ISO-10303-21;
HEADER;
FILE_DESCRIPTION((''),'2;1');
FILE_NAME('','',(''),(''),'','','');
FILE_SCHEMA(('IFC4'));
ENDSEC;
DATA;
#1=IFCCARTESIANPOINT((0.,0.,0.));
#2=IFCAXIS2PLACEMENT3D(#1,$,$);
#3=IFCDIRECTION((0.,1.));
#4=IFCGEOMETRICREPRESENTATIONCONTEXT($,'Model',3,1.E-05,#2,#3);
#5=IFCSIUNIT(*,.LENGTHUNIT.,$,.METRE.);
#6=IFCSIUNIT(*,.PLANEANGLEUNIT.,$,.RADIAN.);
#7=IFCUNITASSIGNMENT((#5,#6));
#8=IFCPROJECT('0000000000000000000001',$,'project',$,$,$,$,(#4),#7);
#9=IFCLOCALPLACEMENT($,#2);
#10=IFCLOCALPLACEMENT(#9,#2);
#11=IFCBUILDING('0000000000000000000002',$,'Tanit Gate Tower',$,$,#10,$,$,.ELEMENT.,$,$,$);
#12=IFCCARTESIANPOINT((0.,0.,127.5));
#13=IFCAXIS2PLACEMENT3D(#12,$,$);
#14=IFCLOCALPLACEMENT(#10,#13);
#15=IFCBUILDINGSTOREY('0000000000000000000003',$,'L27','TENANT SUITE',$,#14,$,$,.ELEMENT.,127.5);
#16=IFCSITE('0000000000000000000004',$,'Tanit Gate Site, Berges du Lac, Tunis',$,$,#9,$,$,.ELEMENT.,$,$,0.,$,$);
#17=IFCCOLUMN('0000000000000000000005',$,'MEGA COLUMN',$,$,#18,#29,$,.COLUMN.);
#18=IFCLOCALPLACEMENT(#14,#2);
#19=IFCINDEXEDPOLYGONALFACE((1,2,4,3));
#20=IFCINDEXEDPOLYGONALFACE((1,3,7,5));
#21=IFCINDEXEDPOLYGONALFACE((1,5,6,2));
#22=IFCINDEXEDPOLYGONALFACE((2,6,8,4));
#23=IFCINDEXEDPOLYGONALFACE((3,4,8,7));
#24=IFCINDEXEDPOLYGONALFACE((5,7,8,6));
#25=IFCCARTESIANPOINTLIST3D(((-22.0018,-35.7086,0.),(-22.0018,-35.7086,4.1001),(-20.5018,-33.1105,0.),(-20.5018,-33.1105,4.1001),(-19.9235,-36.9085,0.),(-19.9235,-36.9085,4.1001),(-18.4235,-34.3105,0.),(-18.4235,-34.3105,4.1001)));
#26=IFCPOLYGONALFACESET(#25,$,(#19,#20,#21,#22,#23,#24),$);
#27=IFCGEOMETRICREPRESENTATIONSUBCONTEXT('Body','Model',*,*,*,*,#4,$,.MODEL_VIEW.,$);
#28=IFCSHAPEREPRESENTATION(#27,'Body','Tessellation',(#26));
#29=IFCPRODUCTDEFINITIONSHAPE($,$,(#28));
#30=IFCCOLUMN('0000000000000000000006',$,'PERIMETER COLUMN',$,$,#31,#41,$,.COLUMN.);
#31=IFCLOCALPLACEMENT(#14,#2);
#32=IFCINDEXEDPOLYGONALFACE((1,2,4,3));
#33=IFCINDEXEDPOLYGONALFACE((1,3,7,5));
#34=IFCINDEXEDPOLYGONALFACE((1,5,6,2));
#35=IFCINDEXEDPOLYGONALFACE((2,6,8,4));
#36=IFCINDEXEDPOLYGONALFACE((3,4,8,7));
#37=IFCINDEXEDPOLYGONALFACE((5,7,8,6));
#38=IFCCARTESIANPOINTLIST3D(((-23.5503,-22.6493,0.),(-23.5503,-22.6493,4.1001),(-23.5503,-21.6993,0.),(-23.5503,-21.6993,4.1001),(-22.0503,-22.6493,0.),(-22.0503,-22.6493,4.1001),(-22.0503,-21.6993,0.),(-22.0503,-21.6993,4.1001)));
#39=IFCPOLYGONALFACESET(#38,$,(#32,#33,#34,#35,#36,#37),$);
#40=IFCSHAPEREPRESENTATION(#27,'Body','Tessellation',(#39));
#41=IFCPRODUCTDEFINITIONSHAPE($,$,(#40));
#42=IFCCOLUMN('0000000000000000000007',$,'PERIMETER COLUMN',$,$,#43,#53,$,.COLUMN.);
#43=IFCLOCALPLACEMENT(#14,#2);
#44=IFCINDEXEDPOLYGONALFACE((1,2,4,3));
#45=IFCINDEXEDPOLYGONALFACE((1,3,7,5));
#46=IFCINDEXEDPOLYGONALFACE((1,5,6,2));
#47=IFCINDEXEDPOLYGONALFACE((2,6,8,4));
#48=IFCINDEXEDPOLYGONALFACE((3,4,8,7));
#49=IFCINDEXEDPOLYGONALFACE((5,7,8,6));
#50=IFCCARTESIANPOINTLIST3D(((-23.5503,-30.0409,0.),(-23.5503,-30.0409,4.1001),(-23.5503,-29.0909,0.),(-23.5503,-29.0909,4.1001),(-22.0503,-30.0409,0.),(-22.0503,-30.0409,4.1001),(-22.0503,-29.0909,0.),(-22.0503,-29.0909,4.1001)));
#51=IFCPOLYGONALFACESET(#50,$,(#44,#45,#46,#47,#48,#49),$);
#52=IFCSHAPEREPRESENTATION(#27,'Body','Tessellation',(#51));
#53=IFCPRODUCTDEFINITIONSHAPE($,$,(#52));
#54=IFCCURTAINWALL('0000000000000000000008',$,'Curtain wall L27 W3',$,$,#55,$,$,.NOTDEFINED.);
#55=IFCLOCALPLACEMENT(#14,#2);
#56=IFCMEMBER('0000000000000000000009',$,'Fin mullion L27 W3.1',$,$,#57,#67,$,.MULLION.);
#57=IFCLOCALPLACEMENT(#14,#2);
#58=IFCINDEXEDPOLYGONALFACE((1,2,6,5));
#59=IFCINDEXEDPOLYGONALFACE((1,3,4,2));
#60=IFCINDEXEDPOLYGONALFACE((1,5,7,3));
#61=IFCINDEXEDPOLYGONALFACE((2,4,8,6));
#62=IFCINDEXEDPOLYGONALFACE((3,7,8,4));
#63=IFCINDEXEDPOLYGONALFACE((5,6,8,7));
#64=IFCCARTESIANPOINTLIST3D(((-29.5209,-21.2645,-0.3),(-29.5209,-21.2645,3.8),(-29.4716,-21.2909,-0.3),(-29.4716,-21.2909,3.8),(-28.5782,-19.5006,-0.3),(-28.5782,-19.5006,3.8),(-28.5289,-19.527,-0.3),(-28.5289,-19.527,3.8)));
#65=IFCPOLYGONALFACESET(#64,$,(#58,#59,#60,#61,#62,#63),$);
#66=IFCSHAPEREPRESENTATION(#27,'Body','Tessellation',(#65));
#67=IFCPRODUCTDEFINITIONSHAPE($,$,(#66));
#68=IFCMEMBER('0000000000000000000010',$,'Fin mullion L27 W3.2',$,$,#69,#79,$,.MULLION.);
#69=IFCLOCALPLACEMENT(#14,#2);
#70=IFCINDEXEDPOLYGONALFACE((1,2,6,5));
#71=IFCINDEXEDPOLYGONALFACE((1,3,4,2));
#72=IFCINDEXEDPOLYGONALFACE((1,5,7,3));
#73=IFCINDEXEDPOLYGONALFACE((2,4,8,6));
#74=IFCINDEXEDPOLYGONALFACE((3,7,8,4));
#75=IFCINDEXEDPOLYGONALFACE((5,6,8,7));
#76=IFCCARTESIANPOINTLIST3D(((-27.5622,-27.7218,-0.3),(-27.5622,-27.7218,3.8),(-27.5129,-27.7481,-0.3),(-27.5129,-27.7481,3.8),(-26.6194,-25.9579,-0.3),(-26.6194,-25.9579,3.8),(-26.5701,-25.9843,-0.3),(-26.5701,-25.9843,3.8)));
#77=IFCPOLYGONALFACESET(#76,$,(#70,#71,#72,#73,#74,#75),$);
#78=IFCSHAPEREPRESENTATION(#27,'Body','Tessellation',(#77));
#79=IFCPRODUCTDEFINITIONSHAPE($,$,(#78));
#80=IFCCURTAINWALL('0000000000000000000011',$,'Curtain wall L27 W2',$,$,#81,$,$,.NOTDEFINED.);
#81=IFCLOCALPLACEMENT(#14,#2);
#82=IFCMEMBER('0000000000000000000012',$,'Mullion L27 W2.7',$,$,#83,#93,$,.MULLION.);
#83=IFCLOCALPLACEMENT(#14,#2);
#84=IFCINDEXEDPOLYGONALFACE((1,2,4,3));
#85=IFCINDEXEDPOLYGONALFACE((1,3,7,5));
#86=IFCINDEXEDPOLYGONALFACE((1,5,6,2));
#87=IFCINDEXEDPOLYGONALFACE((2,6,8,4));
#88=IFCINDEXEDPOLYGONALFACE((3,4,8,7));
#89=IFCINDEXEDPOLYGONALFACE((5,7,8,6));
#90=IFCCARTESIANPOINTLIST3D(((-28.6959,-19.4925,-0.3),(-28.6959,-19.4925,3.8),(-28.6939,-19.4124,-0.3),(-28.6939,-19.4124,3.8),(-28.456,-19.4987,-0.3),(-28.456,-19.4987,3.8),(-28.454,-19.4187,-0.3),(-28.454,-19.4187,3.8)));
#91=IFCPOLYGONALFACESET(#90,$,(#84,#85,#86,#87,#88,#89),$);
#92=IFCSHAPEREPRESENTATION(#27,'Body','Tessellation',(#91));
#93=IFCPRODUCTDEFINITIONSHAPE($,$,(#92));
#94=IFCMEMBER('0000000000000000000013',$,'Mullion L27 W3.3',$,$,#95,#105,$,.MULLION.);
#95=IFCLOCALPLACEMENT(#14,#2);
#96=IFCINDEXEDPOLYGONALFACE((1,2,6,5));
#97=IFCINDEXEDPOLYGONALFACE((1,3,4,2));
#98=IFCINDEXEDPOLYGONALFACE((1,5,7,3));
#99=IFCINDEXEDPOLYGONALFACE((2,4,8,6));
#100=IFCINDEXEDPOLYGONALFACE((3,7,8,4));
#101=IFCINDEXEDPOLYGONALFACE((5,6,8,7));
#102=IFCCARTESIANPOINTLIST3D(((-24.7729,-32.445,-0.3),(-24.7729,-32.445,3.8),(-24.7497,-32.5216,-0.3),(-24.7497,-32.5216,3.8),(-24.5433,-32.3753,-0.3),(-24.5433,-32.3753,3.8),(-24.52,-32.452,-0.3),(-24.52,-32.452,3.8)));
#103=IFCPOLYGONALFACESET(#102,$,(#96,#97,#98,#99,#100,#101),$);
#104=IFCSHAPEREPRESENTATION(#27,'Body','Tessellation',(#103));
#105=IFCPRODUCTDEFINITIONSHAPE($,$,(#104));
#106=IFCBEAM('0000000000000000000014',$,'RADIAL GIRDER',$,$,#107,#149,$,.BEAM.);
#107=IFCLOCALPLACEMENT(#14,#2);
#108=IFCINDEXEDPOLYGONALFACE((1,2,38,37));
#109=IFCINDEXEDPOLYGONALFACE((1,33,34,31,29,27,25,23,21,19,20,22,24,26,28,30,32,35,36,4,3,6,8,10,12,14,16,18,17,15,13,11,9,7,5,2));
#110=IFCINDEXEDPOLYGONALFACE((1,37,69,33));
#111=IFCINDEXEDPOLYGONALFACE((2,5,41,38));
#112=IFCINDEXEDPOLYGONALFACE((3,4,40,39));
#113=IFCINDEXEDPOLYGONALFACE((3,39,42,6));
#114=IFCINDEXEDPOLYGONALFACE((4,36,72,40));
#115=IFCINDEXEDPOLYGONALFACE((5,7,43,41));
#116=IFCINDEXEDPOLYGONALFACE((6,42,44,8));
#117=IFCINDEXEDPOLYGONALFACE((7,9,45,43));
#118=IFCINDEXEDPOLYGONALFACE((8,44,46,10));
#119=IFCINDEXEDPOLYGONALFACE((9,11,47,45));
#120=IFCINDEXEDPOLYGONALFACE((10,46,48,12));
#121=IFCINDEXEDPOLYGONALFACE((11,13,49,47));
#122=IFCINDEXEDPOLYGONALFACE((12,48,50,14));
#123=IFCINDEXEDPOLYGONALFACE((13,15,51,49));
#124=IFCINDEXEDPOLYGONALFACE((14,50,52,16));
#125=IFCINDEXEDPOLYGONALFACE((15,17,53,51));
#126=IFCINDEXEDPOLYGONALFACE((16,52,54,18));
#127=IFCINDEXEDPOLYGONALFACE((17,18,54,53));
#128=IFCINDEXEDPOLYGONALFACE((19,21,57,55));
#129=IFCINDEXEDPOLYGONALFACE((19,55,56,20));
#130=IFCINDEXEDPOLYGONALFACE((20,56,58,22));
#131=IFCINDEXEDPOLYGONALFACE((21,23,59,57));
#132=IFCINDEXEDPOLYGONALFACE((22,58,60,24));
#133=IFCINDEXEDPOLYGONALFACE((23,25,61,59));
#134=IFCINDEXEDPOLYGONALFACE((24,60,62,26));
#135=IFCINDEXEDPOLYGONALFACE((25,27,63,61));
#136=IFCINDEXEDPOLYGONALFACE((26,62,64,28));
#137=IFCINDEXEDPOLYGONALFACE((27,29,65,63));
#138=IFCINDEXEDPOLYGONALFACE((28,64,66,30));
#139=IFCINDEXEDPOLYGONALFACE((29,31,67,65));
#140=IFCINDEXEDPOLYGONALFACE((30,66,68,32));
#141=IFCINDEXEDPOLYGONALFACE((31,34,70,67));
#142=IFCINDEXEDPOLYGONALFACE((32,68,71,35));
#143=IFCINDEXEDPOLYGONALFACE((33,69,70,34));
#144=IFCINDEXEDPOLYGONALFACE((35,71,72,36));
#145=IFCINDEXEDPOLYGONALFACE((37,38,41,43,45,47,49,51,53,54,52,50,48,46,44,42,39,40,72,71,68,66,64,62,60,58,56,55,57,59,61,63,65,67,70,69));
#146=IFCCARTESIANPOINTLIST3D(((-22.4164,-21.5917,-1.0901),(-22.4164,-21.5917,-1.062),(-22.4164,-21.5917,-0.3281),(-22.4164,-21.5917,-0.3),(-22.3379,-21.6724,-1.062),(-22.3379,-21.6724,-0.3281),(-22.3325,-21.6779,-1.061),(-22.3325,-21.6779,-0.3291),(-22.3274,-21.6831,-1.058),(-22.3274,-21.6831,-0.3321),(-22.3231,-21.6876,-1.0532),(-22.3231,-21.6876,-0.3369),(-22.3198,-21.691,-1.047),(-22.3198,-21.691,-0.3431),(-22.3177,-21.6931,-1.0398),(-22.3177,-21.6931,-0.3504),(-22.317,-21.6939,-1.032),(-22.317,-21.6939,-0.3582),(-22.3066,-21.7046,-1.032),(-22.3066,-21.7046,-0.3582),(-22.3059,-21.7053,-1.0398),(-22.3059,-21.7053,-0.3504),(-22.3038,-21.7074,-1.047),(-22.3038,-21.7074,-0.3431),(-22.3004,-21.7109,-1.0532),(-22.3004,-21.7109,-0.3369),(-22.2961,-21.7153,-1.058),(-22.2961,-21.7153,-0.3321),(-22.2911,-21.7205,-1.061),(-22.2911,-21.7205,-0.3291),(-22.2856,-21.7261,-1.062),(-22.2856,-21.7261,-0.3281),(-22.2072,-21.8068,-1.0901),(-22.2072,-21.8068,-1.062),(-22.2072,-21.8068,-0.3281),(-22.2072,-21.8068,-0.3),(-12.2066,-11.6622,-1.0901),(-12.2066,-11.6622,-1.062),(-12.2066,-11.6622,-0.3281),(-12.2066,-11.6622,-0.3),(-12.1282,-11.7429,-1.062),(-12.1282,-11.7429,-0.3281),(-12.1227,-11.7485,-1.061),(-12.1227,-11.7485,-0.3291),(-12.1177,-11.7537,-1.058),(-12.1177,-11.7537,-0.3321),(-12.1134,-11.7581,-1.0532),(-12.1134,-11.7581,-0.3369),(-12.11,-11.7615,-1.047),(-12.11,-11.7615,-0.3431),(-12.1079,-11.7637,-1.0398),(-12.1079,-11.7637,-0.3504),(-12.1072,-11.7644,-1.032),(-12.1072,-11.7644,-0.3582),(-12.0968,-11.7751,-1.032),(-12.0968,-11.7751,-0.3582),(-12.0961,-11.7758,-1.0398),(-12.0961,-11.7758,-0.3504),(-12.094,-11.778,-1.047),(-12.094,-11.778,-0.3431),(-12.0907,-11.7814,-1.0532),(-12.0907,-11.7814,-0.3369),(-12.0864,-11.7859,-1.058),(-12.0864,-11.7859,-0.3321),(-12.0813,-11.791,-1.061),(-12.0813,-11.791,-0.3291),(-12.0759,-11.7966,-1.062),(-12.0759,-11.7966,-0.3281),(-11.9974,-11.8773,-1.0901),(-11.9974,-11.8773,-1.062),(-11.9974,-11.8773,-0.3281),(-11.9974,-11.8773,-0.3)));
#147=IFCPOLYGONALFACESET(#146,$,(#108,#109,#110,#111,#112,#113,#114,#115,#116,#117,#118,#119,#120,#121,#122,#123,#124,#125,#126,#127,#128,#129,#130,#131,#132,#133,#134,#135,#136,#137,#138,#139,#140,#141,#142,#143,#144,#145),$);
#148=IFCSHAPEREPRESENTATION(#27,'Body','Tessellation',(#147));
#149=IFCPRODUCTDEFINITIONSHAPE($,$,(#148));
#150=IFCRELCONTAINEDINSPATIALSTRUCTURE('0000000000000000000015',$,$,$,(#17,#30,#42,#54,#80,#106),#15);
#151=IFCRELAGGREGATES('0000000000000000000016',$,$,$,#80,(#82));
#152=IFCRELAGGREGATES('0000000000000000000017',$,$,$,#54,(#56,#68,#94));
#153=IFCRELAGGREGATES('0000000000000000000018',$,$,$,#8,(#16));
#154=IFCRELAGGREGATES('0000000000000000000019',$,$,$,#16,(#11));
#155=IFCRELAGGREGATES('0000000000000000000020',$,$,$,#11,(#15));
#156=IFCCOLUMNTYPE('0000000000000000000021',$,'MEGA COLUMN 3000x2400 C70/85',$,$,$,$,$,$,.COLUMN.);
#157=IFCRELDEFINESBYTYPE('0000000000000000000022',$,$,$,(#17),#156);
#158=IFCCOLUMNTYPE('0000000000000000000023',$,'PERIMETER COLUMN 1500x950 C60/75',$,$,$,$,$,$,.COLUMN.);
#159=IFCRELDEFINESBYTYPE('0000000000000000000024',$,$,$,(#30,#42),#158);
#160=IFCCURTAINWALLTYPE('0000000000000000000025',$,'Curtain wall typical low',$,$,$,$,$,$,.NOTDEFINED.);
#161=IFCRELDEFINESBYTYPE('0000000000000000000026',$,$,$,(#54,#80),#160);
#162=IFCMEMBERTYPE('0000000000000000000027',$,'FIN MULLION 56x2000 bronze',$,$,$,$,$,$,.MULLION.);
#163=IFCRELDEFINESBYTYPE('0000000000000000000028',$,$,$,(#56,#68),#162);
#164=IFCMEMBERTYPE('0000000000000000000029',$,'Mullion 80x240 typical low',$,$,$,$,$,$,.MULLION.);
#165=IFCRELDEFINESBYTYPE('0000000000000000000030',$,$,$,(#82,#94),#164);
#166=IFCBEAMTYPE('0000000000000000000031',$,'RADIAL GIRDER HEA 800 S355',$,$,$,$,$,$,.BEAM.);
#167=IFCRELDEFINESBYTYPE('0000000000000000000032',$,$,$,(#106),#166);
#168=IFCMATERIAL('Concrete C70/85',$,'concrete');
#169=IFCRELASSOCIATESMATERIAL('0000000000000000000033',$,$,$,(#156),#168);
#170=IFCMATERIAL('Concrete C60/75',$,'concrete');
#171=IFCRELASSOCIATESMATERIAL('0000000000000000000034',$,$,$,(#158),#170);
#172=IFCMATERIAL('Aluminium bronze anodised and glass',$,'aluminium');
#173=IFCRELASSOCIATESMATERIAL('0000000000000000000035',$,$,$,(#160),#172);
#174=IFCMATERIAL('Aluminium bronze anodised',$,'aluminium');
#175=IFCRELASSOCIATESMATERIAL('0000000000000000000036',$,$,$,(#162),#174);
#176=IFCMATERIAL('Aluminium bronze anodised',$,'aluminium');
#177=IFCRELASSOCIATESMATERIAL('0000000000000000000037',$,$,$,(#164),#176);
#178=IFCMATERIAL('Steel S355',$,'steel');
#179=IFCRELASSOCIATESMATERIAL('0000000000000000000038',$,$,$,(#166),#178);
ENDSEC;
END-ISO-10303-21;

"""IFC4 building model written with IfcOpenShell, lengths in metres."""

from ifc_helpers import new_model, si_unit, direction, frame, origin, origin_2d, place, context, subcontext, project, spatial, rectangle, i_section, extrude, material, material_profile, profile_set, type_object, element, aggregate, save


model = new_model("IFC4")

# Units and contexts
model_context = context("Model", 3, precision=1e-05, world=origin(), true_north=direction((0.0, 1.0)))
body_context = subcontext(model_context, "Body", "Model", "MODEL_VIEW")
ifc_project = project(units=[si_unit("LENGTHUNIT", "METRE"), si_unit("PLANEANGLEUNIT", "RADIAN")], contexts=[model_context])

# Site, building, storey
site_placement = place(None, origin())
site = spatial("IfcSite", under=ifc_project, at=site_placement, Name="Tanit Gate Site, Berges du Lac, Tunis", CompositionType="ELEMENT", RefElevation=0.0)
building_placement = place(site_placement, origin())
building = spatial("IfcBuilding", under=site, at=building_placement, Name="Tanit Gate Tower", CompositionType="ELEMENT")
storey_placement = place(building_placement, frame((0.0, 0.0, 127.5)))
storey = spatial("IfcBuildingStorey", under=building, at=storey_placement, Name="L27", Description="TENANT SUITE", CompositionType="ELEMENT", Elevation=127.5)

# Columns
ifc_material_1 = material(Name="Concrete C70/85", Category="concrete")
ifc_material_profile_1 = material_profile(ifc_material_1, rectangle(XDim=3.0, YDim=2.3999, at=origin_2d()), Name="RC 3000x2400")
ifc_profile_set_1 = profile_set([ifc_material_profile_1], Name="Concrete C70/85")
column_type_1 = type_object("IfcColumnType", Name="MEGA COLUMN 3000x2400 C70/85", PredefinedType="COLUMN", material=ifc_profile_set_1)
column_placement = place(storey_placement, frame((-20.2126, -35.0095, 0.0), z_axis=(0.0, 0.0, 1.0), x_axis=(-0.5, -0.866025, 0.0)))
element("IfcColumn", 1, at=column_placement, inside=storey, type_object=column_type_1, Name="MEGA COLUMN", PredefinedType="COLUMN", context=body_context, shape_type="SweptSolid", body=[
    extrude(rectangle(XDim=3.0, YDim=2.3999, at=origin_2d()), origin(), (0.0, 0.0, 1.0), 4.1001),
])
ifc_material_2 = material(Name="Concrete C60/75", Category="concrete")
ifc_material_profile_2 = material_profile(ifc_material_2, rectangle(XDim=1.5, YDim=0.95, at=origin_2d()), Name="RC 1500x950")
ifc_profile_set_2 = profile_set([ifc_material_profile_2], Name="Concrete C60/75")
column_type_2 = type_object("IfcColumnType", Name="PERIMETER COLUMN 1500x950 C60/75", PredefinedType="COLUMN", material=ifc_profile_set_2)
for number, where, z_axis, x_axis, name in (
    (2, (-22.8003, -22.1743, 0.0), (0.0, 0.0, 1.0), (-1.0, 0.0, 0.0), "PERIMETER COLUMN"),
    (3, (-22.8003, -29.5659, 0.0), (0.0, 0.0, 1.0), (-1.0, 0.0, 0.0), "PERIMETER COLUMN"),
):
    element("IfcColumn", number, at=place(storey_placement, frame(where, z_axis=z_axis, x_axis=x_axis)), inside=storey, type_object=column_type_2, Name=name, PredefinedType="COLUMN", context=body_context, shape_type="SweptSolid", body=[
        extrude(rectangle(XDim=1.5, YDim=0.95, at=origin_2d()), origin(), (0.0, 0.0, 1.0), 4.1001),
    ])

# Curtain wall, members
ifc_material_3 = material(Name="Aluminium bronze anodised and glass", Category="aluminium")
curtain_wall_type = type_object("IfcCurtainWallType", Name="Curtain wall typical low", PredefinedType="NOTDEFINED", material=ifc_material_3)
curtain_wall_1_placement = place(storey_placement, origin())
curtain_wall_1 = element("IfcCurtainWall", 4, at=curtain_wall_1_placement, inside=storey, type_object=curtain_wall_type, Name="Curtain wall L27 W3", PredefinedType="NOTDEFINED")
ifc_material_4 = material(Name="Aluminium bronze anodised", Category="aluminium")
ifc_material_profile_3 = material_profile(ifc_material_4, rectangle(XDim=2.0, YDim=0.0559, at=origin_2d()), Name="56x2000 bronze fin mullion")
ifc_profile_set_3 = profile_set([ifc_material_profile_3], Name="Aluminium bronze anodised")
member_type_1 = type_object("IfcMemberType", Name="FIN MULLION 56x2000 bronze", PredefinedType="MULLION", material=ifc_profile_set_3)
member_1_placement = place(storey_placement, frame((-29.0249, -20.3958, -0.3), z_axis=(0.0, 0.0, 1.0), x_axis=(0.471378, 0.881931, 0.0)))
member_1 = element("IfcMember", 5, at=member_1_placement, type_object=member_type_1, Name="Fin mullion L27 W3.1", PredefinedType="MULLION", context=body_context, shape_type="SweptSolid", body=[
    extrude(rectangle(XDim=2.0, YDim=0.0559, at=origin_2d()), origin(), (0.0, 0.0, 1.0), 4.1001),
])
member_2_placement = place(storey_placement, frame((-27.0662, -26.853, -0.3), z_axis=(0.0, 0.0, 1.0), x_axis=(0.471378, 0.881931, 0.0)))
member_2 = element("IfcMember", 6, at=member_2_placement, type_object=member_type_1, Name="Fin mullion L27 W3.2", PredefinedType="MULLION", context=body_context, shape_type="SweptSolid", body=[
    extrude(rectangle(XDim=2.0, YDim=0.0559, at=origin_2d()), origin(), (0.0, 0.0, 1.0), 4.1001),
])

# Curtain wall, member
curtain_wall_2_placement = place(storey_placement, origin())
curtain_wall_2 = element("IfcCurtainWall", 7, at=curtain_wall_2_placement, inside=storey, type_object=curtain_wall_type, Name="Curtain wall L27 W2", PredefinedType="NOTDEFINED")
ifc_material_5 = material(Name="Aluminium bronze anodised", Category="aluminium")
ifc_material_profile_4 = material_profile(ifc_material_5, rectangle(XDim=0.24, YDim=0.0801, at=origin_2d()), Name="80x240 bronze mullion")
ifc_profile_set_4 = profile_set([ifc_material_profile_4], Name="Aluminium bronze anodised")
member_type_2 = type_object("IfcMemberType", Name="Mullion 80x240 typical low", PredefinedType="MULLION", material=ifc_profile_set_4)
member_3_placement = place(storey_placement, frame((-28.575, -19.4556, -0.3), z_axis=(0.0, 0.0, 1.0), x_axis=(0.99966, -0.026063, 0.0)))
member_3 = element("IfcMember", 8, at=member_3_placement, type_object=member_type_2, Name="Mullion L27 W2.7", PredefinedType="MULLION", context=body_context, shape_type="SweptSolid", body=[
    extrude(rectangle(XDim=0.24, YDim=0.0801, at=origin_2d()), origin(), (0.0, 0.0, 1.0), 4.1001),
])
aggregate(curtain_wall_2, [member_3])

# Member
member_4_placement = place(storey_placement, frame((-24.6465, -32.4485, -0.3), z_axis=(0.0, 0.0, 1.0), x_axis=(0.956934, 0.290305, 0.0)))
member_4 = element("IfcMember", 9, at=member_4_placement, type_object=member_type_2, Name="Mullion L27 W3.3", PredefinedType="MULLION", context=body_context, shape_type="SweptSolid", body=[
    extrude(rectangle(XDim=0.24, YDim=0.0801, at=origin_2d()), origin(), (0.0, 0.0, 1.0), 4.1001),
])

# Beam
ifc_material_6 = material(Name="Steel S355", Category="steel")
ifc_material_profile_5 = material_profile(ifc_material_6, i_section(OverallWidth=0.3, OverallDepth=0.79, WebThickness=0.0149, FlangeThickness=0.0281, FilletRadius=0.03, at=origin_2d()), Name="HEA 800")
ifc_profile_set_5 = profile_set([ifc_material_profile_5], Name="Steel S355")
beam_type_1 = type_object("IfcBeamType", Name="RADIAL GIRDER HEA 800 S355", PredefinedType="BEAM", material=ifc_profile_set_5)
beam_1_placement = place(storey_placement, frame((-22.3118, -21.6992, -0.6951), z_axis=(0.716878, 0.697199, 0.0), x_axis=(-0.697199, 0.716878, 0.0)))
element("IfcBeam", 10, at=beam_1_placement, inside=storey, type_object=beam_type_1, Name="RADIAL GIRDER", PredefinedType="BEAM", context=body_context, shape_type="SweptSolid", body=[
    extrude(i_section(OverallWidth=0.3, OverallDepth=0.79, WebThickness=0.0149, FlangeThickness=0.0281, FilletRadius=0.03, at=origin_2d()), origin(), (0.0, 0.0, 1.0), 14.2419),
])

aggregate(curtain_wall_1, [member_1, member_2, member_4])

save(model, "model.ifc")
